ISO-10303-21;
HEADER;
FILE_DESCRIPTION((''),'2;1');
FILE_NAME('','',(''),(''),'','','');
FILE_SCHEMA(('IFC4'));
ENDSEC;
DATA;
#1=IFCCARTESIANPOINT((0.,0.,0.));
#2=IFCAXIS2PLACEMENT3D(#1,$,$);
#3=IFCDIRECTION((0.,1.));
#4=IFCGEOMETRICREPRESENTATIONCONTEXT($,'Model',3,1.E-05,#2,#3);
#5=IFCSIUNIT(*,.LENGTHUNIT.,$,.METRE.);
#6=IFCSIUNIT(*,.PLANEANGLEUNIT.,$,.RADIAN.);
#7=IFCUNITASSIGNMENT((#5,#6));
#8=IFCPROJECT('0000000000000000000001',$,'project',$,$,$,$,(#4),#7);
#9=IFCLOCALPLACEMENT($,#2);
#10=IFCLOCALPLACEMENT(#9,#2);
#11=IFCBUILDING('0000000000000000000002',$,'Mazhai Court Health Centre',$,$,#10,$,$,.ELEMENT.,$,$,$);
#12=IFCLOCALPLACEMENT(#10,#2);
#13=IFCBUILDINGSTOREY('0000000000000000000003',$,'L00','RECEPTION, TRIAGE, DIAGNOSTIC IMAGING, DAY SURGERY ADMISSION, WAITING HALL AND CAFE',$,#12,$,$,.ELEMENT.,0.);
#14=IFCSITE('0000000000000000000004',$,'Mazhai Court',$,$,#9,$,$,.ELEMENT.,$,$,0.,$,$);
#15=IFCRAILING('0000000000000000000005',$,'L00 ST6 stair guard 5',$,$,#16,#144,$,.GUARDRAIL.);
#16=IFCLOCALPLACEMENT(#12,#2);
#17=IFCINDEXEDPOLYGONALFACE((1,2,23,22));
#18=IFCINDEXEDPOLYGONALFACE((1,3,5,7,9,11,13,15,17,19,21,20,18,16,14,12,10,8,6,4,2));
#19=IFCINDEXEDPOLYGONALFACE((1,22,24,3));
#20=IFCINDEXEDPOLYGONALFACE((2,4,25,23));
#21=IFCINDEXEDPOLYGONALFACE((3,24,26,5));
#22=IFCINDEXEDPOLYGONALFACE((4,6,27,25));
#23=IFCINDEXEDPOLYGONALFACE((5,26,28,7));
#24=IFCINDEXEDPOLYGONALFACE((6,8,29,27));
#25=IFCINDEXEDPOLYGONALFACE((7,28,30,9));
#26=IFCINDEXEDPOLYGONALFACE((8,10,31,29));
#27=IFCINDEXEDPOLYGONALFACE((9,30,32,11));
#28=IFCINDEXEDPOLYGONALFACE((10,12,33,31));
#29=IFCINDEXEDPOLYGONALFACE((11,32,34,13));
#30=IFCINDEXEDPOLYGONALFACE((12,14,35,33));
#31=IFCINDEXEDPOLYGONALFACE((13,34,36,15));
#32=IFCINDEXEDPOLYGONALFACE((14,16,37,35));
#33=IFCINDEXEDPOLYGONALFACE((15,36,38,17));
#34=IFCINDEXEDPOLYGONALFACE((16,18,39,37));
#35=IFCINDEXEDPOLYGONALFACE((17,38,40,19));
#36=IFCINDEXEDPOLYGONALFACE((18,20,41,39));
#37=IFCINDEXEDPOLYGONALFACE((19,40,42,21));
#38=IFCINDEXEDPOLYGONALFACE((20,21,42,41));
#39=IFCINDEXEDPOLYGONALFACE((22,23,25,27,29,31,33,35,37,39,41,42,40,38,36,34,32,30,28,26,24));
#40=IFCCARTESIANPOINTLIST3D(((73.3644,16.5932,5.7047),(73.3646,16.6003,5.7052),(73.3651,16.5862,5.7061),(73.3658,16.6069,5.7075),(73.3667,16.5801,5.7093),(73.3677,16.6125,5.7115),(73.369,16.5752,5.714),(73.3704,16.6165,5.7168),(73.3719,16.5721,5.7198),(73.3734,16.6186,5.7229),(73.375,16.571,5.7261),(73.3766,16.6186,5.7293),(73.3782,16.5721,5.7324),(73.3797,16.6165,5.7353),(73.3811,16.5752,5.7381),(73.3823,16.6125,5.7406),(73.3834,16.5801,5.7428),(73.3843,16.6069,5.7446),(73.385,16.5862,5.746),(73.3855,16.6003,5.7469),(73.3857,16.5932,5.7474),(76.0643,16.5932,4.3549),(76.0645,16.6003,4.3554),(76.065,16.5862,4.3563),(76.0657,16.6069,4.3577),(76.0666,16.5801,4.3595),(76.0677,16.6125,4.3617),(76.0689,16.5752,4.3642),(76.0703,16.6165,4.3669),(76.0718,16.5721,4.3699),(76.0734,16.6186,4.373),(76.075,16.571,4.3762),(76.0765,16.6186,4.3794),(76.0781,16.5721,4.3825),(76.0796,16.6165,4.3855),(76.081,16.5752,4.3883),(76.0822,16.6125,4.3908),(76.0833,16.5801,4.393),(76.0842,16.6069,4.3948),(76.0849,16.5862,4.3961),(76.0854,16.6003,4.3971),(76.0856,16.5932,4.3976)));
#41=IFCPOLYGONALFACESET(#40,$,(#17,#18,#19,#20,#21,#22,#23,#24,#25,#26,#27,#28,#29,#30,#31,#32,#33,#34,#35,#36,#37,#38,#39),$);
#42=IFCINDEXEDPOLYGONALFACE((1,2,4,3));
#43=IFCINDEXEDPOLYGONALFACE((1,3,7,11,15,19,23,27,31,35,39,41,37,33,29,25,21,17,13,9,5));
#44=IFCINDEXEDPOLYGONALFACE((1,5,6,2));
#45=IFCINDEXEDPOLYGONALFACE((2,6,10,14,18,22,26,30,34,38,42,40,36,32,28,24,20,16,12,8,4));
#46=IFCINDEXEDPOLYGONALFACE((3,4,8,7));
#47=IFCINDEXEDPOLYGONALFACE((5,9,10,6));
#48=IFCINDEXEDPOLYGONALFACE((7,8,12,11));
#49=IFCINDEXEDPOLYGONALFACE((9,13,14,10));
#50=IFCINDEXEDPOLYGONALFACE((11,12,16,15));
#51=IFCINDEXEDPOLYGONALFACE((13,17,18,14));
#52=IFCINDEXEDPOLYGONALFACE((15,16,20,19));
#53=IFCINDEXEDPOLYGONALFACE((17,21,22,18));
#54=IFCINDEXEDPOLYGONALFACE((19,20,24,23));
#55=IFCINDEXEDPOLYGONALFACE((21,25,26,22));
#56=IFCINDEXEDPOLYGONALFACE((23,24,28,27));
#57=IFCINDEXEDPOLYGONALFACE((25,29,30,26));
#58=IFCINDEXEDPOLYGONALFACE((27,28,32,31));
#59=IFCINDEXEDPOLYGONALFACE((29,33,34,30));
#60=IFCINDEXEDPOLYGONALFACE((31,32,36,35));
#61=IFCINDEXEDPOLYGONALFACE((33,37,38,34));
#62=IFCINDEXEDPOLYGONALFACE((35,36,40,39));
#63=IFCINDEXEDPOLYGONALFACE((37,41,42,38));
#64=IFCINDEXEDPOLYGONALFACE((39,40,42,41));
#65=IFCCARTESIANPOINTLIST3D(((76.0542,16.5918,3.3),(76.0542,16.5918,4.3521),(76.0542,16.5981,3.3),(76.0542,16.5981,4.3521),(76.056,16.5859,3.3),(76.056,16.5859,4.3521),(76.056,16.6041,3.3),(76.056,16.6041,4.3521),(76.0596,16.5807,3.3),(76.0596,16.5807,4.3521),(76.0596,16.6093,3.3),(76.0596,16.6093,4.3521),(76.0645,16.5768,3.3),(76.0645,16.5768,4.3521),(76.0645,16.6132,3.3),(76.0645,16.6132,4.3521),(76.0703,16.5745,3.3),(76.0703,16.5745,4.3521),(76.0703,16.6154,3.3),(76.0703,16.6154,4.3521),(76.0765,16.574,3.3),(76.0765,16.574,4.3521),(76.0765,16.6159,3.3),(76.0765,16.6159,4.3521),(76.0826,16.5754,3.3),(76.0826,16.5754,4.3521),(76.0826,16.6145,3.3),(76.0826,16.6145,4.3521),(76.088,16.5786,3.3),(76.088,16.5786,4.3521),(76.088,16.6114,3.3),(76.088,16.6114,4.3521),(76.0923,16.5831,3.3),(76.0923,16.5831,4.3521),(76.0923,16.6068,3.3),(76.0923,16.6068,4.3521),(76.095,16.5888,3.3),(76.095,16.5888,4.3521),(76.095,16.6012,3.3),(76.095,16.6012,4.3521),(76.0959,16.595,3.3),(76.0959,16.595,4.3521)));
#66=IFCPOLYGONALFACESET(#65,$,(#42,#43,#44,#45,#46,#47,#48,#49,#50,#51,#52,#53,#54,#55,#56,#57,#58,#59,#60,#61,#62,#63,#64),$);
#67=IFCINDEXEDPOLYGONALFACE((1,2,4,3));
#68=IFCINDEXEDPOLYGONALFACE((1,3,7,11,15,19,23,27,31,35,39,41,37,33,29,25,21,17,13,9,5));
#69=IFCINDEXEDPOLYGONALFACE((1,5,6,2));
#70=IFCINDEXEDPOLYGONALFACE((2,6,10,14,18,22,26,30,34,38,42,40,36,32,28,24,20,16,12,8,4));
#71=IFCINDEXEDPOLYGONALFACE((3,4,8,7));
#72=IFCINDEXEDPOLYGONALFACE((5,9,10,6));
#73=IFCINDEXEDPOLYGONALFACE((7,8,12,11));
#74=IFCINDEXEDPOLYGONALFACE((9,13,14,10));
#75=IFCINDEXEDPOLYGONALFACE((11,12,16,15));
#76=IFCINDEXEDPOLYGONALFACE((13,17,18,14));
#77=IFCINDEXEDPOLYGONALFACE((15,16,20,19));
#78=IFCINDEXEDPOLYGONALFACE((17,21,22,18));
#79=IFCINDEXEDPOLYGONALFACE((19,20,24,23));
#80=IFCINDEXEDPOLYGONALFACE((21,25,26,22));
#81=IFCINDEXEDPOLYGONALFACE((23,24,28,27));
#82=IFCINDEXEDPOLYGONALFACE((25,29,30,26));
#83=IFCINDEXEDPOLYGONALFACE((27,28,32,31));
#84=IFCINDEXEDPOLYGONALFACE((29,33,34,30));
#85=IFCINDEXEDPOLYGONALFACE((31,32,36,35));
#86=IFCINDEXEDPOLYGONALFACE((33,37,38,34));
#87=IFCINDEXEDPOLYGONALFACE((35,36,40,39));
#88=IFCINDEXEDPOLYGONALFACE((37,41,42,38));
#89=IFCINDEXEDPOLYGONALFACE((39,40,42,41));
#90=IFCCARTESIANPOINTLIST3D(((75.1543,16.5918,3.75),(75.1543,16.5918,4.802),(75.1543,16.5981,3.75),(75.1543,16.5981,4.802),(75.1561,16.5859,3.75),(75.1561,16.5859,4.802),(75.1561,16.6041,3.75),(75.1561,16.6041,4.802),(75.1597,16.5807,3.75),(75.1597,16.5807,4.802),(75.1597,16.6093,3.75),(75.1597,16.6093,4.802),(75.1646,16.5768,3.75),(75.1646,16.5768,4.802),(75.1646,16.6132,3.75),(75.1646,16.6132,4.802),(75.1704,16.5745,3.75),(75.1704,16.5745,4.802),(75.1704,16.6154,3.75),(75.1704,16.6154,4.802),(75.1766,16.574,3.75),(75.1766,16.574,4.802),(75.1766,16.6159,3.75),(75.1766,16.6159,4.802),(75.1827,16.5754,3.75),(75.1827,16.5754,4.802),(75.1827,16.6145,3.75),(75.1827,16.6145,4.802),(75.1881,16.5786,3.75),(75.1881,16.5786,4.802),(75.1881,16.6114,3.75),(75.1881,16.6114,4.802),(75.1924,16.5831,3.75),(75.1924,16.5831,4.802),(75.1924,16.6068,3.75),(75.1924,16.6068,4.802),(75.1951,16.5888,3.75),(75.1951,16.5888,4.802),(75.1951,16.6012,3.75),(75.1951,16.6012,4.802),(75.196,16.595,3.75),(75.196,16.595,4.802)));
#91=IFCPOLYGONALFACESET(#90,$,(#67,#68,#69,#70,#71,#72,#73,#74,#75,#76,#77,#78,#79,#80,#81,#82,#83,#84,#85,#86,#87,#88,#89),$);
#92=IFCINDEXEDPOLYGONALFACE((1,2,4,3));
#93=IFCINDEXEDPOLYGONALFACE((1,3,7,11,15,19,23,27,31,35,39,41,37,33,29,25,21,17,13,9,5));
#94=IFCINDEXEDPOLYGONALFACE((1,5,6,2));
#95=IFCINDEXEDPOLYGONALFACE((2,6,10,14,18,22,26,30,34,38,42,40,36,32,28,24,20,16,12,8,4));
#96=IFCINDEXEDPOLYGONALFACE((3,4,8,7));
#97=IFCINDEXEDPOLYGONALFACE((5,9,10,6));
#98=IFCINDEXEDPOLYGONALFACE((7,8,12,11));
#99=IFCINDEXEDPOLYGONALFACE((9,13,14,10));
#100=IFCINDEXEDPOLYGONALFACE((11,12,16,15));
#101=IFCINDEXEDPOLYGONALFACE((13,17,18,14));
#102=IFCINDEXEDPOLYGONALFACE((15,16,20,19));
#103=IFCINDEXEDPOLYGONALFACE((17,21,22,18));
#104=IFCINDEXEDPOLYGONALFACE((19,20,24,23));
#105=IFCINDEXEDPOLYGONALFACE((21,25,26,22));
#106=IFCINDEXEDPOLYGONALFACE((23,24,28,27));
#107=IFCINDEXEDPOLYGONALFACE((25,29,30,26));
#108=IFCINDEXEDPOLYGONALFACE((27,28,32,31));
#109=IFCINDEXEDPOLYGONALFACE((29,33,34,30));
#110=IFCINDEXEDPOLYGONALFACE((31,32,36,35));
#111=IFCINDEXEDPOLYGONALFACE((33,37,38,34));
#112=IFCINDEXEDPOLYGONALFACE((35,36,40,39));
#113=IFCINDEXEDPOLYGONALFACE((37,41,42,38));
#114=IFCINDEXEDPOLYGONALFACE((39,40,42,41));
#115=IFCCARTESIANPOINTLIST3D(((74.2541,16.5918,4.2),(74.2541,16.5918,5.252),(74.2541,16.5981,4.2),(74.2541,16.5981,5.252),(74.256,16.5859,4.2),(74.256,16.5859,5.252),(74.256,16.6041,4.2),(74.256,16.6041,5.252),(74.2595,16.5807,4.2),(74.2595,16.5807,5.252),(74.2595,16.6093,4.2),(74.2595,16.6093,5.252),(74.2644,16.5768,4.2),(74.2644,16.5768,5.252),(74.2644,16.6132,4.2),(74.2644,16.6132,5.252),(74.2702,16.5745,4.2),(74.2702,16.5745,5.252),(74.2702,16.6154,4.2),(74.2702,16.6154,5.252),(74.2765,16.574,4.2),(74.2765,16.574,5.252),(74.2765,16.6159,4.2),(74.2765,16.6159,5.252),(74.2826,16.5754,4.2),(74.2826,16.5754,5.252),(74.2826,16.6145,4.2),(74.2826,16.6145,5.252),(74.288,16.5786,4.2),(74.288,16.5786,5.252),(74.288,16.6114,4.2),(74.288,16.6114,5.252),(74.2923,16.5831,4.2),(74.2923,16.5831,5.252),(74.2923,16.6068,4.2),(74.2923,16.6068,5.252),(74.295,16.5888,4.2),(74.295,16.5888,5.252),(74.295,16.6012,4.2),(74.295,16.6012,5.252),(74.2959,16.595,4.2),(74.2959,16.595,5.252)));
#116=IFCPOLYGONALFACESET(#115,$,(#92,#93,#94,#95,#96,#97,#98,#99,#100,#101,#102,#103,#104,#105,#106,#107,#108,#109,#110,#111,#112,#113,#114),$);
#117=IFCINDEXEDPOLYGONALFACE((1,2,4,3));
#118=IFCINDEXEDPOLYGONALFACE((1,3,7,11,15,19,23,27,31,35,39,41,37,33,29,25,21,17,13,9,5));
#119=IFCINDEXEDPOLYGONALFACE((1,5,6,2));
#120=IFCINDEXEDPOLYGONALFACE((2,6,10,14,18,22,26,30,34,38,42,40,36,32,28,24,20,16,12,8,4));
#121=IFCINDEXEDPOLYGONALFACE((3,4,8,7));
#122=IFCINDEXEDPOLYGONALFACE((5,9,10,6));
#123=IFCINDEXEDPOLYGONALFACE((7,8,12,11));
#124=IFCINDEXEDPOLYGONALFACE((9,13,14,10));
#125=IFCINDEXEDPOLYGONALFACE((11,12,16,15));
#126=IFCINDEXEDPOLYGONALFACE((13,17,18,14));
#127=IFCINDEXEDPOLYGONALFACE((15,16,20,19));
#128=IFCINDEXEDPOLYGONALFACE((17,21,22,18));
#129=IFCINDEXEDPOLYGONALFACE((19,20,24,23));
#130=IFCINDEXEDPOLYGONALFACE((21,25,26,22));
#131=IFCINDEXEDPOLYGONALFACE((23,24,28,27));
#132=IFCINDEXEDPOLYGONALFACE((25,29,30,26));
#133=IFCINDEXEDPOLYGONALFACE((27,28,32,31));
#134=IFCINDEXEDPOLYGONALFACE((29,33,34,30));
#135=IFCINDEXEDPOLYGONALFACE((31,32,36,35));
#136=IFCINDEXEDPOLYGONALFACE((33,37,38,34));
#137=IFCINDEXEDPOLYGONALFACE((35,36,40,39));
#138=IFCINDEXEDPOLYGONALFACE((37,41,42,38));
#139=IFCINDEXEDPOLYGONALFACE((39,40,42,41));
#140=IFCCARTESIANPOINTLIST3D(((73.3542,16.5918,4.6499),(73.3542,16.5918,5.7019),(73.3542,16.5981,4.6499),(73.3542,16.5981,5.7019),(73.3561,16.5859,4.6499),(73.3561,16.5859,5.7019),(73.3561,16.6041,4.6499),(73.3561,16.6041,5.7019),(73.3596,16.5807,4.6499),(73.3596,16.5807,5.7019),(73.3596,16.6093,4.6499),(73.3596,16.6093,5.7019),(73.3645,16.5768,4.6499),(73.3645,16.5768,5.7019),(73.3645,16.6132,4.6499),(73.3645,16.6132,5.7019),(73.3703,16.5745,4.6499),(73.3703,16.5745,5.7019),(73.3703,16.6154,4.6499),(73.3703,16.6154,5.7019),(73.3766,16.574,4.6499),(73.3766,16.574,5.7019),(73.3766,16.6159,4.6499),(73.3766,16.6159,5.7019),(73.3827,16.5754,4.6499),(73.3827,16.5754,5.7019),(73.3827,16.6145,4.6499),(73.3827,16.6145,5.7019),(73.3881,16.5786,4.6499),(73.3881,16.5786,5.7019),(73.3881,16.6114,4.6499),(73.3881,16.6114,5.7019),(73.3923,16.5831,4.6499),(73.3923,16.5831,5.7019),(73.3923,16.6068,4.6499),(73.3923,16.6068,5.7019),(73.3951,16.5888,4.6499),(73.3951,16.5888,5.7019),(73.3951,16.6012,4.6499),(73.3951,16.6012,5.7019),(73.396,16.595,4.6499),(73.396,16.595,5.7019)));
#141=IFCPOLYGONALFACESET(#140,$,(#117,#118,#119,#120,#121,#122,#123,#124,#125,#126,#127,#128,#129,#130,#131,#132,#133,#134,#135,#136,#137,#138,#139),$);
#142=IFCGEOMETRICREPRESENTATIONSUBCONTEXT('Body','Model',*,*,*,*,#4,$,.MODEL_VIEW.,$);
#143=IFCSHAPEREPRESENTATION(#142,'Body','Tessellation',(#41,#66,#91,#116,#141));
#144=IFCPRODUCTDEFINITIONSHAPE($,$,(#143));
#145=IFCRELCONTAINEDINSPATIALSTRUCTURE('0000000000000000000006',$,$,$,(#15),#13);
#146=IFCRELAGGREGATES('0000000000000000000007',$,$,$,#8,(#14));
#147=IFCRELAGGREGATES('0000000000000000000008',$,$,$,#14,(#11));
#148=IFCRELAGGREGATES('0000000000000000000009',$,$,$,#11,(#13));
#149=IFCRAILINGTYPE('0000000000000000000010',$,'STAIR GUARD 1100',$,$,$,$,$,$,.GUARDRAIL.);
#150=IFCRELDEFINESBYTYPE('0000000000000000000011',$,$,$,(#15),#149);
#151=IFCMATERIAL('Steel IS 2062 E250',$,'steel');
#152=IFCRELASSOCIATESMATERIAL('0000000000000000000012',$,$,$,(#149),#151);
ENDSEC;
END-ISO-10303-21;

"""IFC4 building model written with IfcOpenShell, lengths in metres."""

from ifc_helpers import new_model, si_unit, direction, frame, origin, origin_2d, place, context, subcontext, project, spatial, circle, extrude, material, type_object, element, save


model = new_model("IFC4")

# Units and contexts
model_context = context("Model", 3, precision=1e-05, world=origin(), true_north=direction((0.0, 1.0)))
body_context = subcontext(model_context, "Body", "Model", "MODEL_VIEW")
ifc_project = project(units=[si_unit("LENGTHUNIT", "METRE"), si_unit("PLANEANGLEUNIT", "RADIAN")], contexts=[model_context])

# Site, building, storey
site_placement = place(None, origin())
site = spatial("IfcSite", under=ifc_project, at=site_placement, Name="Mazhai Court", CompositionType="ELEMENT", RefElevation=0.0)
building_placement = place(site_placement, origin())
building = spatial("IfcBuilding", under=site, at=building_placement, Name="Mazhai Court Health Centre", CompositionType="ELEMENT")
storey_placement = place(building_placement, origin())
storey = spatial("IfcBuildingStorey", under=building, at=storey_placement, Name="L00", Description="RECEPTION, TRIAGE, DIAGNOSTIC IMAGING, DAY SURGERY ADMISSION, WAITING HALL AND CAFE", CompositionType="ELEMENT", Elevation=0.0)

# Railing
ifc_material_1 = material(Name="Steel IS 2062 E250", Category="steel")
railing_type_1 = type_object("IfcRailingType", Name="STAIR GUARD 1100", PredefinedType="GUARDRAIL", material=ifc_material_1)
railing_1_placement = place(storey_placement, frame((76.075, 16.595, 3.3)))
element("IfcRailing", 1, at=railing_1_placement, inside=storey, type_object=railing_type_1, Name="L00 ST6 stair guard 5", PredefinedType="GUARDRAIL", context=body_context, shape_type="SweptSolid", body=[
    extrude(circle(Radius=0.0239, at=origin_2d()), frame((0.0, 0.0, 1.0762), z_axis=(-0.894443, 0.0, 0.447181), x_axis=(0.0, -1.0, 0.0)), (0.0, 0.0, 1.0), 3.0186),
    extrude(circle(Radius=0.021, at=origin_2d()), origin(), (0.0, 0.0, 1.0), 1.052),
    extrude(circle(Radius=0.021, at=origin_2d()), frame((-0.8999, 0.0, 0.45)), (0.0, 0.0, 1.0), 1.052),
    extrude(circle(Radius=0.021, at=origin_2d()), frame((-1.8, 0.0, 0.8999)), (0.0, 0.0, 1.0), 1.052),
    extrude(circle(Radius=0.021, at=origin_2d()), frame((-2.7, 0.0, 1.3499)), (0.0, 0.0, 1.0), 1.052),
])

save(model, "model.ifc")
